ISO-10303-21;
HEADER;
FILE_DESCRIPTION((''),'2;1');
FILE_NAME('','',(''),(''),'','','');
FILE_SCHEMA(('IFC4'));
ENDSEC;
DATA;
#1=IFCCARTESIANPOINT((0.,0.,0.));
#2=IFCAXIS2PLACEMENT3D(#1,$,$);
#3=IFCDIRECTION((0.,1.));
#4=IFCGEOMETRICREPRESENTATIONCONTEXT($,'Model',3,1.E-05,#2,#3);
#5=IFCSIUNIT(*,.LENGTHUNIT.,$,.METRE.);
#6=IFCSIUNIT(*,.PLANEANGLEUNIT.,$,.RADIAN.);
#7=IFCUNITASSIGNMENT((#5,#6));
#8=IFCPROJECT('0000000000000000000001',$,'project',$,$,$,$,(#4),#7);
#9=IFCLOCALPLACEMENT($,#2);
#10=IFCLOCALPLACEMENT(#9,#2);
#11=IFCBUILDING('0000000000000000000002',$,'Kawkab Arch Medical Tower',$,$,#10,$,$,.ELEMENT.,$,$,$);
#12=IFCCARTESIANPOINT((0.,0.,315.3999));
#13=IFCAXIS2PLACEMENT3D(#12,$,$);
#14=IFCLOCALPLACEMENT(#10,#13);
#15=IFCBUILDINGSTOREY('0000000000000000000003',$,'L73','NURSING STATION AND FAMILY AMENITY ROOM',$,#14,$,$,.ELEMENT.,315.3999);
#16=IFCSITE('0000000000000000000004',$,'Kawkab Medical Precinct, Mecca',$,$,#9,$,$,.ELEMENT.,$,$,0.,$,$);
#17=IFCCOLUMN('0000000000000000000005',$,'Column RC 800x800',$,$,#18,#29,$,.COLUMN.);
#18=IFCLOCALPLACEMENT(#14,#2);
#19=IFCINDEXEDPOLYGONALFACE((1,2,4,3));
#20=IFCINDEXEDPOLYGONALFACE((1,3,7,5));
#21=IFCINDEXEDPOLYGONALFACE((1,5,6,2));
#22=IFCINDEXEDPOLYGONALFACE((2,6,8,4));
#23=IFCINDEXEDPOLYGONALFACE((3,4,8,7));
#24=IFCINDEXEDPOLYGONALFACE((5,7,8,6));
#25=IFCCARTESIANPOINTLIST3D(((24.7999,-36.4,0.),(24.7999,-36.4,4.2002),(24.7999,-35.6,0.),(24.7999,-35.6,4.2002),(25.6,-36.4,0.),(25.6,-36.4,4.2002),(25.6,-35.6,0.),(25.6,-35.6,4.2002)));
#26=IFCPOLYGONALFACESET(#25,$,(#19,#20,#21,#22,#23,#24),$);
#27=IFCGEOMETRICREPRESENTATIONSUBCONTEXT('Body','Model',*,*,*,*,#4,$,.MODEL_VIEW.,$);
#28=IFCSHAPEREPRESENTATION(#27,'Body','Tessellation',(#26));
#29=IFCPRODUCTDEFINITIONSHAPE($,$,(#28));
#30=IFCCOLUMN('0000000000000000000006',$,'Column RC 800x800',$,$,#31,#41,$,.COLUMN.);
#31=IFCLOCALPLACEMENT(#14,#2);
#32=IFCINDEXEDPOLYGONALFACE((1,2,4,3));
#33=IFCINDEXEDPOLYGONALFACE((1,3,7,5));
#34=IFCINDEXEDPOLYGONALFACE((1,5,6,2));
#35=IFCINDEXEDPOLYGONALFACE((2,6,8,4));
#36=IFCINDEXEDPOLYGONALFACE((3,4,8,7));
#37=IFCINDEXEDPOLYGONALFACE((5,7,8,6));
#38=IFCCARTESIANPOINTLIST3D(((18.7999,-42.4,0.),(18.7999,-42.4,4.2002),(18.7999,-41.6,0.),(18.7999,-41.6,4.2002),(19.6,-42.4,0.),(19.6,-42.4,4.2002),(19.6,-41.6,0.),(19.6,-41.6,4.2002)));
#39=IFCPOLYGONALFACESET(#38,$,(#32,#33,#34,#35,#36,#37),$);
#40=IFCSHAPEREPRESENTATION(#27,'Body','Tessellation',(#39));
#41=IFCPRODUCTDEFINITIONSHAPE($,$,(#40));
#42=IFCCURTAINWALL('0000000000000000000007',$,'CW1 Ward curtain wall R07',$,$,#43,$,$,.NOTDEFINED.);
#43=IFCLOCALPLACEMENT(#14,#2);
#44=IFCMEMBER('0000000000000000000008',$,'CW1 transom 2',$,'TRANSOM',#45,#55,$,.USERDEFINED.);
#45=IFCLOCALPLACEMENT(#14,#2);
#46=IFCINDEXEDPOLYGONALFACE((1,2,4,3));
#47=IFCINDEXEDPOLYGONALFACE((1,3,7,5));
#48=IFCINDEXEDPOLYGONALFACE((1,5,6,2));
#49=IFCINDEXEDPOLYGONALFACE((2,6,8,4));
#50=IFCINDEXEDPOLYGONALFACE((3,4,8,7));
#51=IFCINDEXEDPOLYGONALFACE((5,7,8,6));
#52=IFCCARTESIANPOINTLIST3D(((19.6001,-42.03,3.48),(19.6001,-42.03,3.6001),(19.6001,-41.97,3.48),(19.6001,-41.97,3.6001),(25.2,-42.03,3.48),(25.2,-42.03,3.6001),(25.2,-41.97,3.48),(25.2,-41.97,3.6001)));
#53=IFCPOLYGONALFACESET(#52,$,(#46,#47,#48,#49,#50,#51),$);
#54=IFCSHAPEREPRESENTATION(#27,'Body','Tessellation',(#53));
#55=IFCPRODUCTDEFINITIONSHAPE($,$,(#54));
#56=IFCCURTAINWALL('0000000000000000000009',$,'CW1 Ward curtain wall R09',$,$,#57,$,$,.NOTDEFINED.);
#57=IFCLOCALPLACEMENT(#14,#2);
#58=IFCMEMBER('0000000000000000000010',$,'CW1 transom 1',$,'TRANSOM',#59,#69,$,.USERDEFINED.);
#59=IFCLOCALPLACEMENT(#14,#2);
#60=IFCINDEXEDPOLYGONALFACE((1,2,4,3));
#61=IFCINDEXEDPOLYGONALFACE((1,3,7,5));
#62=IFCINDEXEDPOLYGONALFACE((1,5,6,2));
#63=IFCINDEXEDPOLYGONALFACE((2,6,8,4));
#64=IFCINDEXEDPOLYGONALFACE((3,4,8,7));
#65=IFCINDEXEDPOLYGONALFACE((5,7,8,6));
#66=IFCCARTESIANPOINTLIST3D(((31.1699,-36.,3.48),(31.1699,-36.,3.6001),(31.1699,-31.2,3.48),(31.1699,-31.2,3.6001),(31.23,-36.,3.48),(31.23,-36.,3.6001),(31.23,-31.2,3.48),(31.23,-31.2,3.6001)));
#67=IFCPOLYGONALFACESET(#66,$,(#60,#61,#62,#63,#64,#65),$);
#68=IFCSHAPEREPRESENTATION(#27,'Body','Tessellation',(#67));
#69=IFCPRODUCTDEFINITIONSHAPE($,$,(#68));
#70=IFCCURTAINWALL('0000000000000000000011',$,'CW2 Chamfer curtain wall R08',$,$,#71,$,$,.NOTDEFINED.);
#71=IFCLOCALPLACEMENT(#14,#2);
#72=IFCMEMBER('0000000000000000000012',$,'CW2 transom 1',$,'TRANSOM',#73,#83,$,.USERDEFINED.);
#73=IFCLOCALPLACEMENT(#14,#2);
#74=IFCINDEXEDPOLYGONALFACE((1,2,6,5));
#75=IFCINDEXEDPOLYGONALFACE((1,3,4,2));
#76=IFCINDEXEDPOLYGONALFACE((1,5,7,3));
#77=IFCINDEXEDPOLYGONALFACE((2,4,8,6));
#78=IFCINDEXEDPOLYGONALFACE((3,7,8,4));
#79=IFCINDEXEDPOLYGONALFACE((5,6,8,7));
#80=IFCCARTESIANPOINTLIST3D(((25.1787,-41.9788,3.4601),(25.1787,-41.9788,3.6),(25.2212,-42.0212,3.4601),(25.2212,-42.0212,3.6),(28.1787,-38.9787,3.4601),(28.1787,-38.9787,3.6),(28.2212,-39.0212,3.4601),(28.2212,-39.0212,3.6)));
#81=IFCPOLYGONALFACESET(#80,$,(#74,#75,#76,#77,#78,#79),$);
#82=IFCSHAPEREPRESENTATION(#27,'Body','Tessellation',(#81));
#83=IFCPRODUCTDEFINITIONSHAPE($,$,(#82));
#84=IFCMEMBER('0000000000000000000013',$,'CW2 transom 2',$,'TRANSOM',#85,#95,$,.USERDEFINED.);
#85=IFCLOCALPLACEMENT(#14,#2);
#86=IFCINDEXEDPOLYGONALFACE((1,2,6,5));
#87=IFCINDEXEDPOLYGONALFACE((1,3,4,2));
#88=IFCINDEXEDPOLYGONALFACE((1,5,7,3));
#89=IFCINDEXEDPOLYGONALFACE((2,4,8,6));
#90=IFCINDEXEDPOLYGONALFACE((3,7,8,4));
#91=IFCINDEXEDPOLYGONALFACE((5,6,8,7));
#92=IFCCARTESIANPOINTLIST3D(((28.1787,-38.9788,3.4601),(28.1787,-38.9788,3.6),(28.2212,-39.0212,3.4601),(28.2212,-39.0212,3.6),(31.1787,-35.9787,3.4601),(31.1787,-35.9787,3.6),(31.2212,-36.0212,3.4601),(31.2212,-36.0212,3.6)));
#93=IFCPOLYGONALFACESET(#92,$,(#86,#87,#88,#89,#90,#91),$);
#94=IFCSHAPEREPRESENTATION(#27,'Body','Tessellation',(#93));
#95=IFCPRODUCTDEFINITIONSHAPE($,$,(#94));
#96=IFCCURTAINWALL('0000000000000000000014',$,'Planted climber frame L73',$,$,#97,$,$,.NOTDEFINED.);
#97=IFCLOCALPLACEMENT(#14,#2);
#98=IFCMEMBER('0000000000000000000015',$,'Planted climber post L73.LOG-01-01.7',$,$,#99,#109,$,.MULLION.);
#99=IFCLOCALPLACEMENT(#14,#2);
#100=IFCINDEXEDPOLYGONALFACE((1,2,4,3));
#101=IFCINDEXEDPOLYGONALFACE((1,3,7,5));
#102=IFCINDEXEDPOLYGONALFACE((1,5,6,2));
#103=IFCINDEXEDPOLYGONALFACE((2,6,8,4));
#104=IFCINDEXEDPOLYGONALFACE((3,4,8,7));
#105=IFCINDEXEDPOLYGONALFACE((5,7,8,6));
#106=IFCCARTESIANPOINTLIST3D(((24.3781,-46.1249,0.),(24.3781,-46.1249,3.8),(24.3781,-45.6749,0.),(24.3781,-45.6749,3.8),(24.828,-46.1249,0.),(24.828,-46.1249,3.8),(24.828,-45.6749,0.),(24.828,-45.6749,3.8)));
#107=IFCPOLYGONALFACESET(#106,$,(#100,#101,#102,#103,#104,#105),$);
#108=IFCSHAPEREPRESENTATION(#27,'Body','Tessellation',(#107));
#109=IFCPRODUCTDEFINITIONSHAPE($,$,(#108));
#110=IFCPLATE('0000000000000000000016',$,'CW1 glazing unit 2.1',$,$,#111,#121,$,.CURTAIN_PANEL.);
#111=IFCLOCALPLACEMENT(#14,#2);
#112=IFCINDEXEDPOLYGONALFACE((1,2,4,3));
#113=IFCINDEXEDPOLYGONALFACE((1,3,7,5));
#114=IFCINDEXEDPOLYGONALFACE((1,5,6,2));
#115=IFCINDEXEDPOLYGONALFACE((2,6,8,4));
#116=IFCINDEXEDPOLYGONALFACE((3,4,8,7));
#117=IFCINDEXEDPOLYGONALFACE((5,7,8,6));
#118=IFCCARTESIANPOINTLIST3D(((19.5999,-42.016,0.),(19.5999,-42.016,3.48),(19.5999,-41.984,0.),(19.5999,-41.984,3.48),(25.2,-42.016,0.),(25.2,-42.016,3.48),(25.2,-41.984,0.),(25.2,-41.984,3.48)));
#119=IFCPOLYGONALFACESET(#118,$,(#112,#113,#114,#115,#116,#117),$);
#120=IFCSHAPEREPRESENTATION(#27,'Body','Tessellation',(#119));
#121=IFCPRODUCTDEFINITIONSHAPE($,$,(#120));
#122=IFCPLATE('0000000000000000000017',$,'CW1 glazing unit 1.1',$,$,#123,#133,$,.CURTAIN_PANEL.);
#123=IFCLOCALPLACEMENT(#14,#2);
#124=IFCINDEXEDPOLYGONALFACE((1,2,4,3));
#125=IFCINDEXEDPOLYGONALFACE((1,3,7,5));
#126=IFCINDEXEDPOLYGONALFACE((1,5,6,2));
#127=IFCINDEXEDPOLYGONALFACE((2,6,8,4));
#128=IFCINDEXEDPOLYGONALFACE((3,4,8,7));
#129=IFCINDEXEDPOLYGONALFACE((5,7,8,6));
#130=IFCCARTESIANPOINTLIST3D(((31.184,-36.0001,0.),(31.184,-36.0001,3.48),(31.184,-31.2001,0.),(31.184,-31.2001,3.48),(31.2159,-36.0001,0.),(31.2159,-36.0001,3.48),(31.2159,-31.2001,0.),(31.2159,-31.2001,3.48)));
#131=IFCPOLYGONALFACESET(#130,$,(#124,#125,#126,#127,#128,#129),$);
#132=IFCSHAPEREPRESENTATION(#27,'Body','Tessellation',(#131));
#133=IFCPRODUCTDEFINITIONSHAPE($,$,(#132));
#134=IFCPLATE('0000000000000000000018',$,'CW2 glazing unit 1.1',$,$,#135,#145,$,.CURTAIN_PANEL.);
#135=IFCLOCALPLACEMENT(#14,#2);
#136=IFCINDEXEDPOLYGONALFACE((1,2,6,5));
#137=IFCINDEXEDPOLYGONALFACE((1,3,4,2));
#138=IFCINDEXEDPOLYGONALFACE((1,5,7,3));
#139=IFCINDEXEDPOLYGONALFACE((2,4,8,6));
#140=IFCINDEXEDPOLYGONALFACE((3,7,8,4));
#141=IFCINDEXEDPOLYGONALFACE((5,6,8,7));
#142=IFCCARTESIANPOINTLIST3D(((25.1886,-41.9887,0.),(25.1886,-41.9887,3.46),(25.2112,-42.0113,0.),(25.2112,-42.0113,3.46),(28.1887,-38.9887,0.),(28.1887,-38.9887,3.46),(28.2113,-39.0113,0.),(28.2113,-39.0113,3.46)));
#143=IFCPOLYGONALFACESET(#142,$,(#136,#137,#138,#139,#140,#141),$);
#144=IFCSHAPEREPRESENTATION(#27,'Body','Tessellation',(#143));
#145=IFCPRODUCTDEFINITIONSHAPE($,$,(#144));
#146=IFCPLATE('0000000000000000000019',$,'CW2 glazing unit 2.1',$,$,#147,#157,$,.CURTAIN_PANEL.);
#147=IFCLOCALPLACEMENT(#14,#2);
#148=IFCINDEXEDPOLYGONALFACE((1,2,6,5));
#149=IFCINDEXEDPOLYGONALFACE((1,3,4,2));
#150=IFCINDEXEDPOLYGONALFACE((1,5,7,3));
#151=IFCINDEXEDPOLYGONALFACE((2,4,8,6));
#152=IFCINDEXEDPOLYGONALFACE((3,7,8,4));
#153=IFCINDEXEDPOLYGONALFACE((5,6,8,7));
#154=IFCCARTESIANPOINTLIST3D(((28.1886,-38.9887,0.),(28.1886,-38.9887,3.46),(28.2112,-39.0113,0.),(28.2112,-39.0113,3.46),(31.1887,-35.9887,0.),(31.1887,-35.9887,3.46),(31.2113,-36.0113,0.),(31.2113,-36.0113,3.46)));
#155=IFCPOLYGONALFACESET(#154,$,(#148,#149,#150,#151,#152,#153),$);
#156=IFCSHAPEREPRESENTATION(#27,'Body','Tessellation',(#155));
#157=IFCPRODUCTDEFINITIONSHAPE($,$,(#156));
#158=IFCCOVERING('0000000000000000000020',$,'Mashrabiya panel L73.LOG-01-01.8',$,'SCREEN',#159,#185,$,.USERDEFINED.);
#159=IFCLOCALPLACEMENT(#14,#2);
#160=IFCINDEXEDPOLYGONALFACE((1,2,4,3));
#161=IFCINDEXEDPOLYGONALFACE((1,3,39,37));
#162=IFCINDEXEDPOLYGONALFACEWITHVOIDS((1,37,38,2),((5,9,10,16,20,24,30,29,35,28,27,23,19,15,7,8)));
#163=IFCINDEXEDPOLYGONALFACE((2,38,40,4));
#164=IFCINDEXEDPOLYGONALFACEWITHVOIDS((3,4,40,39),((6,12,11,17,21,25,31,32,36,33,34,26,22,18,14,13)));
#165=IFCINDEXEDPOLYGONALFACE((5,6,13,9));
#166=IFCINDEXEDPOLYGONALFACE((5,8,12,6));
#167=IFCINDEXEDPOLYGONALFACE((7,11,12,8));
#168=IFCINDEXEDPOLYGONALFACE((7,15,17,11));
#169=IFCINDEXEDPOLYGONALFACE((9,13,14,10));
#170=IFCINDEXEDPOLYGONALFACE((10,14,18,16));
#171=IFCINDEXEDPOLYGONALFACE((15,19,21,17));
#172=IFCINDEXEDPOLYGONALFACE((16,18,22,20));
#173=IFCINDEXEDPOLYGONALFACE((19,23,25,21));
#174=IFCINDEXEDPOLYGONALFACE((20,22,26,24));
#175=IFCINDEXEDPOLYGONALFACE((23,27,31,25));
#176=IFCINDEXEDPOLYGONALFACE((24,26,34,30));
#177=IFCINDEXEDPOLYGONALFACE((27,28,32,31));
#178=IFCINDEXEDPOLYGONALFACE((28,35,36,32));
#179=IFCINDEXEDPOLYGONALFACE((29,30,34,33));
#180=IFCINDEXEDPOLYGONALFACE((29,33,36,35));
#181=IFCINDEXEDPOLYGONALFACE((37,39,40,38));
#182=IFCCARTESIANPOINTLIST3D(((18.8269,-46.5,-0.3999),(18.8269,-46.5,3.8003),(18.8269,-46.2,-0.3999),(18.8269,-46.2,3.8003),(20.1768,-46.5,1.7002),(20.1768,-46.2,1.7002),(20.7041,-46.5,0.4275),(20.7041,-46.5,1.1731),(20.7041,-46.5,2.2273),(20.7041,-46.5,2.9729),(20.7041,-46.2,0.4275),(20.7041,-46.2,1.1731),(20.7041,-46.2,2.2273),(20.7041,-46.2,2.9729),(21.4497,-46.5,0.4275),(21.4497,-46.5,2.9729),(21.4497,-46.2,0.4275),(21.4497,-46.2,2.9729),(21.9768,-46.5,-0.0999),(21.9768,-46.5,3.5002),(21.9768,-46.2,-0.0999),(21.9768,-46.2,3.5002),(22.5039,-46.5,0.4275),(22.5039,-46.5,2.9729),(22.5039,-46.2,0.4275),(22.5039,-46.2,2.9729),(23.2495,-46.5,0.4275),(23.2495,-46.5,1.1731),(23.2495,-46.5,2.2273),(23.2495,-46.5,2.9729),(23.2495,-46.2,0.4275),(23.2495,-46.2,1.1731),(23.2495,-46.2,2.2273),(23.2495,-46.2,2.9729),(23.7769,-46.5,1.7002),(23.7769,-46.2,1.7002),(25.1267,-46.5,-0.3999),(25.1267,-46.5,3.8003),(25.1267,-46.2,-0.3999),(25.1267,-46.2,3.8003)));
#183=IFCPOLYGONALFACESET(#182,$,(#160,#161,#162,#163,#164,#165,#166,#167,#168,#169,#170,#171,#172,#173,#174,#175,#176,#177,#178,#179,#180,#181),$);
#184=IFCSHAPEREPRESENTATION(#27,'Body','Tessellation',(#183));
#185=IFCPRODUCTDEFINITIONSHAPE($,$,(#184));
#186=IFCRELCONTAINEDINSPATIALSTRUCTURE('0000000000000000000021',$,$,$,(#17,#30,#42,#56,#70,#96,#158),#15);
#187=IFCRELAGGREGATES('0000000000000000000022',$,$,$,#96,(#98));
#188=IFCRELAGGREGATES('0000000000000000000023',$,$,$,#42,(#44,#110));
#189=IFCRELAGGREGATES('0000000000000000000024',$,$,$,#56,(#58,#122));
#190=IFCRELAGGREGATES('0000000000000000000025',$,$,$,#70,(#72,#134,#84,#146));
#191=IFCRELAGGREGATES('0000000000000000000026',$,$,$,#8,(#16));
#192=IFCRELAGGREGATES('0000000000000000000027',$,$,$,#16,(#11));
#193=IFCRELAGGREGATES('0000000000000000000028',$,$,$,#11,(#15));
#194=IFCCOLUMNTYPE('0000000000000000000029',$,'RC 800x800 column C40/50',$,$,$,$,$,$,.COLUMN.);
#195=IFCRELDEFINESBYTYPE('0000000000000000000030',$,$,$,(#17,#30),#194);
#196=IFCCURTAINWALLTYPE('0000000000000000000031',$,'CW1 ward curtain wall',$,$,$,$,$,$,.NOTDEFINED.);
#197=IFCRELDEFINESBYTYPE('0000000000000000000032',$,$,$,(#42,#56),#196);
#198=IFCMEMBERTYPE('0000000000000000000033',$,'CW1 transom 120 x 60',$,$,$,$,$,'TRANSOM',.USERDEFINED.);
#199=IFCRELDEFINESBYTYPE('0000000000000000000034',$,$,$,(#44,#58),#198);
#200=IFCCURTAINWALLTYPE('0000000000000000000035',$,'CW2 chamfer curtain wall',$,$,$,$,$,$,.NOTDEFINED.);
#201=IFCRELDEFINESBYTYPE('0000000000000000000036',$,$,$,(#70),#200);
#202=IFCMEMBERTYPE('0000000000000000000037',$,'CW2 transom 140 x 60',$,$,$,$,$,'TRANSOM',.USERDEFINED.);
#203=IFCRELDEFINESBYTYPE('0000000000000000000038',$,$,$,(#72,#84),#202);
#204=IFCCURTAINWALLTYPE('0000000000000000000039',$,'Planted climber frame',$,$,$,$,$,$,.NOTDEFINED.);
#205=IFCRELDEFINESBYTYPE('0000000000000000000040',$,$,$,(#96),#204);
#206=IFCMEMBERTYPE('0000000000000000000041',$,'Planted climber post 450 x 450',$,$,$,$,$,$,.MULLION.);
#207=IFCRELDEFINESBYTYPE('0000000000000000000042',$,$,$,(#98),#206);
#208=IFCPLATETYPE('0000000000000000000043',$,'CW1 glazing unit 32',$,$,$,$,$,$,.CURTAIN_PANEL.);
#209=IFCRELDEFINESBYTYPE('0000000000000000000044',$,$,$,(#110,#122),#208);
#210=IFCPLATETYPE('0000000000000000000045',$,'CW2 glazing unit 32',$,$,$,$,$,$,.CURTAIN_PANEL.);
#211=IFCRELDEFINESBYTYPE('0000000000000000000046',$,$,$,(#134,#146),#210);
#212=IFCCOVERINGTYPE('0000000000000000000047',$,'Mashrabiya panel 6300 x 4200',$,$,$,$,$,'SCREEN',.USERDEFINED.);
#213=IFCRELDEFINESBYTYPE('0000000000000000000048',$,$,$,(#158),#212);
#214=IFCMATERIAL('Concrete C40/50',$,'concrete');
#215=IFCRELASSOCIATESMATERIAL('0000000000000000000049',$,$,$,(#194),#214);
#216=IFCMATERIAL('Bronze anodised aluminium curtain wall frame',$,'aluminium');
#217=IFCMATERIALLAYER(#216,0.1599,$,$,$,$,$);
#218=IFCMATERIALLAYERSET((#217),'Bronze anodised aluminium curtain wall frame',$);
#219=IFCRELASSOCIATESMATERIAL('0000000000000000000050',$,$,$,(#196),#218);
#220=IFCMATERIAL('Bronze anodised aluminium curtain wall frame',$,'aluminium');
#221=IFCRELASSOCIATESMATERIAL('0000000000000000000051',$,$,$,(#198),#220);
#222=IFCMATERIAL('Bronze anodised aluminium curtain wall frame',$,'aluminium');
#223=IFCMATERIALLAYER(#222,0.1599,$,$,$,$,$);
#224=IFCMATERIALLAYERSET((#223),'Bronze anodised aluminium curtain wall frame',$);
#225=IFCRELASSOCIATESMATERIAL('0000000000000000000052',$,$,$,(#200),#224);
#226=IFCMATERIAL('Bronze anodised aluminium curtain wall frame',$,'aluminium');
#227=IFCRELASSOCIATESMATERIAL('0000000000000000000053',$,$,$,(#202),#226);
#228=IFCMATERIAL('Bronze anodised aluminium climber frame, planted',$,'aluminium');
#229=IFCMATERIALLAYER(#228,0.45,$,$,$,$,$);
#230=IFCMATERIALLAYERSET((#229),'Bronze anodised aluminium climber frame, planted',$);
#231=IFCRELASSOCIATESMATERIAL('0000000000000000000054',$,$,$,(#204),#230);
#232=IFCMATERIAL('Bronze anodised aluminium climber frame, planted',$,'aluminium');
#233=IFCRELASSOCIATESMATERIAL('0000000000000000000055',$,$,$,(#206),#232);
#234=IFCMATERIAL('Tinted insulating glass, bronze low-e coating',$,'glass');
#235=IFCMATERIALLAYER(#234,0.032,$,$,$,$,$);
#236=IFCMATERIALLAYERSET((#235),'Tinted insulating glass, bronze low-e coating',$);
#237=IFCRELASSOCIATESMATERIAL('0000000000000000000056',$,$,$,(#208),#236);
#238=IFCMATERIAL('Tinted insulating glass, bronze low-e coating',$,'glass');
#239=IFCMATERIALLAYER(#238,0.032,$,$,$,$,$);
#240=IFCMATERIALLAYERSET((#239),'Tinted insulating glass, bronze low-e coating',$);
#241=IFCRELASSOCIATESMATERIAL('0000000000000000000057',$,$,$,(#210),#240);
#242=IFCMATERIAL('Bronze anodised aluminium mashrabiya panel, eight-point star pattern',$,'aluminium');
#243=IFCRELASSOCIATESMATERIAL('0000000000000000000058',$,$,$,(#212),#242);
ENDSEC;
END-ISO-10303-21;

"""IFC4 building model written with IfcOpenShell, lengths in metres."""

from ifc_helpers import new_model, si_unit, direction, frame, origin, origin_2d, place, context, subcontext, project, spatial, polyline, rectangle, outline, extrude, material, layer, layer_set, material_profile, profile_set, type_object, element, aggregate, save


model = new_model("IFC4")

# Units and contexts
model_context = context("Model", 3, precision=1e-05, world=origin(), true_north=direction((0.0, 1.0)))
body_context = subcontext(model_context, "Body", "Model", "MODEL_VIEW")
ifc_project = project(units=[si_unit("LENGTHUNIT", "METRE"), si_unit("PLANEANGLEUNIT", "RADIAN")], contexts=[model_context])

# Site, building, storey
site_placement = place(None, origin())
site = spatial("IfcSite", under=ifc_project, at=site_placement, Name="Kawkab Medical Precinct, Mecca", CompositionType="ELEMENT", RefElevation=0.0)
building_placement = place(site_placement, origin())
building = spatial("IfcBuilding", under=site, at=building_placement, Name="Kawkab Arch Medical Tower", CompositionType="ELEMENT")
storey_placement = place(building_placement, frame((0.0, 0.0, 315.3999)))
storey = spatial("IfcBuildingStorey", under=building, at=storey_placement, Name="L73", Description="NURSING STATION AND FAMILY AMENITY ROOM", CompositionType="ELEMENT", Elevation=315.3999)

# Columns
ifc_material_1 = material(Name="Concrete C40/50", Category="concrete")
ifc_material_profile_1 = material_profile(ifc_material_1, rectangle(XDim=0.8, YDim=0.8, at=origin_2d()), Name="RC 800x800")
ifc_profile_set_1 = profile_set([ifc_material_profile_1], Name="Concrete C40/50")
column_type = type_object("IfcColumnType", Name="RC 800x800 column C40/50", PredefinedType="COLUMN", material=ifc_profile_set_1)
for number, where, z_axis, x_axis, name in (
    (1, (25.2, -36.0, 0.0), (0.0, 0.0, 1.0), (1.0, 0.0, 0.0), "Column RC 800x800"),
    (2, (19.2, -42.0, 0.0), (0.0, 0.0, 1.0), (1.0, 0.0, 0.0), "Column RC 800x800"),
):
    element("IfcColumn", number, at=place(storey_placement, frame(where, z_axis=z_axis, x_axis=x_axis)), inside=storey, type_object=column_type, Name=name, PredefinedType="COLUMN", context=body_context, shape_type="SweptSolid", body=[
        extrude(rectangle(XDim=0.8, YDim=0.8, at=origin_2d()), origin(), (0.0, 0.0, 1.0), 4.2002),
    ])

# Curtain walls, members
ifc_material_2 = material(Name="Bronze anodised aluminium curtain wall frame", Category="aluminium")
ifc_layer_1 = layer(ifc_material_2, 0.1599)
ifc_layer_set_1 = layer_set([ifc_layer_1], Name="Bronze anodised aluminium curtain wall frame")
curtain_wall_type_1 = type_object("IfcCurtainWallType", Name="CW1 ward curtain wall", PredefinedType="NOTDEFINED", material=ifc_layer_set_1)
placement = place(storey_placement, origin())
curtain_wall_1 = element("IfcCurtainWall", 3, at=placement, inside=storey, type_object=curtain_wall_type_1, Name="CW1 Ward curtain wall R07", PredefinedType="NOTDEFINED")
ifc_material_3 = material(Name="Bronze anodised aluminium curtain wall frame", Category="aluminium")
ifc_material_profile_2 = material_profile(ifc_material_3, rectangle(XDim=0.0601, YDim=0.1201, at=origin_2d()), Name="AL 60x120")
ifc_profile_set_2 = profile_set([ifc_material_profile_2], Name="Bronze anodised aluminium curtain wall frame")
member_type_1 = type_object("IfcMemberType", Name="CW1 transom 120 x 60", ElementType="TRANSOM", PredefinedType="USERDEFINED", material=ifc_profile_set_2)
member_1_placement = place(storey_placement, frame((19.6001, -42.0, 3.54), z_axis=(1.0, 0.0, 0.0), x_axis=(0.0, 1.0, 0.0)))
member_1 = element("IfcMember", 4, at=member_1_placement, type_object=member_type_1, Name="CW1 transom 2", ObjectType="TRANSOM", PredefinedType="USERDEFINED", context=body_context, shape_type="SweptSolid", body=[
    extrude(rectangle(XDim=0.0601, YDim=0.1201, at=origin_2d()), origin(), (0.0, 0.0, 1.0), 5.5999),
])
curtain_wall_2 = element("IfcCurtainWall", 5, at=placement, inside=storey, type_object=curtain_wall_type_1, Name="CW1 Ward curtain wall R09", PredefinedType="NOTDEFINED")
member_2_placement = place(storey_placement, frame((31.2, -36.0, 3.54), z_axis=(0.0, 1.0, 0.0), x_axis=(-1.0, 0.0, 0.0)))
member_2 = element("IfcMember", 6, at=member_2_placement, type_object=member_type_1, Name="CW1 transom 1", ObjectType="TRANSOM", PredefinedType="USERDEFINED", context=body_context, shape_type="SweptSolid", body=[
    extrude(rectangle(XDim=0.0601, YDim=0.1201, at=origin_2d()), origin(), (0.0, 0.0, 1.0), 4.8),
])

# Curtain wall, members
ifc_material_4 = material(Name="Bronze anodised aluminium curtain wall frame", Category="aluminium")
ifc_layer_2 = layer(ifc_material_4, 0.1599)
ifc_layer_set_2 = layer_set([ifc_layer_2], Name="Bronze anodised aluminium curtain wall frame")
curtain_wall_type_2 = type_object("IfcCurtainWallType", Name="CW2 chamfer curtain wall", PredefinedType="NOTDEFINED", material=ifc_layer_set_2)
curtain_wall_3 = element("IfcCurtainWall", 7, at=placement, inside=storey, type_object=curtain_wall_type_2, Name="CW2 Chamfer curtain wall R08", PredefinedType="NOTDEFINED")
ifc_material_5 = material(Name="Bronze anodised aluminium curtain wall frame", Category="aluminium")
ifc_material_profile_3 = material_profile(ifc_material_5, rectangle(XDim=0.0601, YDim=0.1399, at=origin_2d()), Name="AL 60x140")
ifc_profile_set_3 = profile_set([ifc_material_profile_3], Name="Bronze anodised aluminium curtain wall frame")
member_type_2 = type_object("IfcMemberType", Name="CW2 transom 140 x 60", ElementType="TRANSOM", PredefinedType="USERDEFINED", material=ifc_profile_set_3)
member_3_placement = place(storey_placement, frame((25.2, -42.0, 3.53), z_axis=(0.707107, 0.707107, 0.0), x_axis=(-0.707107, 0.707107, 0.0)))
member_3 = element("IfcMember", 8, at=member_3_placement, type_object=member_type_2, Name="CW2 transom 1", ObjectType="TRANSOM", PredefinedType="USERDEFINED", context=body_context, shape_type="SweptSolid", body=[
    extrude(rectangle(XDim=0.0601, YDim=0.1399, at=origin_2d()), origin(), (0.0, 0.0, 1.0), 4.2427),
])
member_4_placement = place(storey_placement, frame((28.2, -39.0, 3.53), z_axis=(0.707107, 0.707107, 0.0), x_axis=(-0.707107, 0.707107, 0.0)))
member_4 = element("IfcMember", 9, at=member_4_placement, type_object=member_type_2, Name="CW2 transom 2", ObjectType="TRANSOM", PredefinedType="USERDEFINED", context=body_context, shape_type="SweptSolid", body=[
    extrude(rectangle(XDim=0.0601, YDim=0.1399, at=origin_2d()), origin(), (0.0, 0.0, 1.0), 4.2427),
])

# Curtain wall, member
ifc_material_6 = material(Name="Bronze anodised aluminium climber frame, planted", Category="aluminium")
ifc_layer_3 = layer(ifc_material_6, 0.45)
ifc_layer_set_3 = layer_set([ifc_layer_3], Name="Bronze anodised aluminium climber frame, planted")
curtain_wall_type_3 = type_object("IfcCurtainWallType", Name="Planted climber frame", PredefinedType="NOTDEFINED", material=ifc_layer_set_3)
curtain_wall_4 = element("IfcCurtainWall", 10, at=placement, inside=storey, type_object=curtain_wall_type_3, Name="Planted climber frame L73", PredefinedType="NOTDEFINED")
ifc_material_7 = material(Name="Bronze anodised aluminium climber frame, planted", Category="aluminium")
ifc_material_profile_4 = material_profile(ifc_material_7, rectangle(XDim=0.45, YDim=0.45, at=origin_2d()), Name="Post 450x450")
ifc_profile_set_4 = profile_set([ifc_material_profile_4], Name="Bronze anodised aluminium climber frame, planted")
member_type_3 = type_object("IfcMemberType", Name="Planted climber post 450 x 450", PredefinedType="MULLION", material=ifc_profile_set_4)
member_5_placement = place(storey_placement, frame((24.603, -45.8999, 0.0), z_axis=(0.0, 0.0, 1.0), x_axis=(1.0, 0.0, 0.0)))
member_5 = element("IfcMember", 11, at=member_5_placement, type_object=member_type_3, Name="Planted climber post L73.LOG-01-01.7", PredefinedType="MULLION", context=body_context, shape_type="SweptSolid", body=[
    extrude(rectangle(XDim=0.45, YDim=0.45, at=origin_2d()), origin(), (0.0, 0.0, 1.0), 3.8),
])
aggregate(curtain_wall_4, [member_5])

# Plates
ifc_material_8 = material(Name="Tinted insulating glass, bronze low-e coating", Category="glass")
ifc_layer_4 = layer(ifc_material_8, 0.032)
ifc_layer_set_4 = layer_set([ifc_layer_4], Name="Tinted insulating glass, bronze low-e coating")
plate_type_1 = type_object("IfcPlateType", Name="CW1 glazing unit 32", PredefinedType="CURTAIN_PANEL", material=ifc_layer_set_4)
plate_1_placement = place(storey_placement, frame((22.3999, -42.0, 0.0), z_axis=(0.0, 0.0, 1.0), x_axis=(1.0, 0.0, 0.0)))
plate_1 = element("IfcPlate", 12, at=plate_1_placement, type_object=plate_type_1, Name="CW1 glazing unit 2.1", PredefinedType="CURTAIN_PANEL", context=body_context, shape_type="SweptSolid", body=[
    extrude(rectangle(XDim=5.6001, YDim=0.032, at=origin_2d()), origin(), (0.0, 0.0, 1.0), 3.48),
])
aggregate(curtain_wall_1, [member_1, plate_1])
plate_2_placement = place(storey_placement, frame((31.2, -33.6001, 0.0), z_axis=(0.0, 0.0, 1.0), x_axis=(0.0, 1.0, 0.0)))
plate_2 = element("IfcPlate", 13, at=plate_2_placement, type_object=plate_type_1, Name="CW1 glazing unit 1.1", PredefinedType="CURTAIN_PANEL", context=body_context, shape_type="SweptSolid", body=[
    extrude(rectangle(XDim=4.8, YDim=0.032, at=origin_2d()), origin(), (0.0, 0.0, 1.0), 3.48),
])
aggregate(curtain_wall_2, [member_2, plate_2])
ifc_material_9 = material(Name="Tinted insulating glass, bronze low-e coating", Category="glass")
ifc_layer_5 = layer(ifc_material_9, 0.032)
ifc_layer_set_5 = layer_set([ifc_layer_5], Name="Tinted insulating glass, bronze low-e coating")
plate_type_2 = type_object("IfcPlateType", Name="CW2 glazing unit 32", PredefinedType="CURTAIN_PANEL", material=ifc_layer_set_5)
plate_3_placement = place(storey_placement, frame((26.7, -40.5, 0.0), z_axis=(0.0, 0.0, 1.0), x_axis=(0.707107, 0.707107, 0.0)))
plate_3 = element("IfcPlate", 14, at=plate_3_placement, type_object=plate_type_2, Name="CW2 glazing unit 1.1", PredefinedType="CURTAIN_PANEL", context=body_context, shape_type="SweptSolid", body=[
    extrude(rectangle(XDim=4.2427, YDim=0.032, at=origin_2d()), origin(), (0.0, 0.0, 1.0), 3.46),
])
plate_4_placement = place(storey_placement, frame((29.7, -37.5, 0.0), z_axis=(0.0, 0.0, 1.0), x_axis=(0.707107, 0.707107, 0.0)))
plate_4 = element("IfcPlate", 15, at=plate_4_placement, type_object=plate_type_2, Name="CW2 glazing unit 2.1", PredefinedType="CURTAIN_PANEL", context=body_context, shape_type="SweptSolid", body=[
    extrude(rectangle(XDim=4.2427, YDim=0.032, at=origin_2d()), origin(), (0.0, 0.0, 1.0), 3.46),
])
aggregate(curtain_wall_3, [member_3, plate_3, member_4, plate_4])

# Covering
ifc_material_10 = material(Name="Bronze anodised aluminium mashrabiya panel, eight-point star pattern", Category="aluminium")
ifc_material_profile_5 = material_profile(ifc_material_10, outline(polyline([(-3.1499, -2.1001), (3.1499, -2.1001), (3.1499, 2.1001), (-3.1499, 2.1001), (-3.1499, -2.1001)]), holes=[polyline([(1.8, 0.0), (1.2727, 0.5271), (1.2727, 1.2727), (0.5271, 1.2727), (0.0, 1.8), (-0.5271, 1.2727), (-1.2727, 1.2727), (-1.2727, 0.5271), (-1.8, 0.0), (-1.2727, -0.5271), (-1.2727, -1.2727), (-0.5271, -1.2727), (0.0, -1.8), (0.5271, -1.2727), (1.2727, -1.2727), (1.2727, -0.5271), (1.8, 0.0)])]), Name="Mashrabiya panel 6300x4200")
ifc_profile_set_5 = profile_set([ifc_material_profile_5], Name="Bronze anodised aluminium mashrabiya panel, eight-point star pattern")
covering_type_1 = type_object("IfcCoveringType", Name="Mashrabiya panel 6300 x 4200", ElementType="SCREEN", PredefinedType="USERDEFINED", material=ifc_profile_set_5)
covering_1_placement = place(storey_placement, frame((21.9768, -46.2, 1.7002), z_axis=(0.0, -1.0, 0.0), x_axis=(1.0, 0.0, 0.0)))
element("IfcCovering", 16, at=covering_1_placement, inside=storey, type_object=covering_type_1, Name="Mashrabiya panel L73.LOG-01-01.8", ObjectType="SCREEN", PredefinedType="USERDEFINED", context=body_context, shape_type="SweptSolid", body=[
    extrude(outline(polyline([(-3.1499, -2.1001), (3.1499, -2.1001), (3.1499, 2.1001), (-3.1499, 2.1001), (-3.1499, -2.1001)]), holes=[polyline([(1.8, 0.0), (1.2727, 0.5271), (1.2727, 1.2727), (0.5271, 1.2727), (0.0, 1.8), (-0.5271, 1.2727), (-1.2727, 1.2727), (-1.2727, 0.5271), (-1.8, 0.0), (-1.2727, -0.5271), (-1.2727, -1.2727), (-0.5271, -1.2727), (0.0, -1.8), (0.5271, -1.2727), (1.2727, -1.2727), (1.2727, -0.5271), (1.8, 0.0)])]), origin(), (0.0, 0.0, 1.0), 0.3),
])

save(model, "model.ifc")
